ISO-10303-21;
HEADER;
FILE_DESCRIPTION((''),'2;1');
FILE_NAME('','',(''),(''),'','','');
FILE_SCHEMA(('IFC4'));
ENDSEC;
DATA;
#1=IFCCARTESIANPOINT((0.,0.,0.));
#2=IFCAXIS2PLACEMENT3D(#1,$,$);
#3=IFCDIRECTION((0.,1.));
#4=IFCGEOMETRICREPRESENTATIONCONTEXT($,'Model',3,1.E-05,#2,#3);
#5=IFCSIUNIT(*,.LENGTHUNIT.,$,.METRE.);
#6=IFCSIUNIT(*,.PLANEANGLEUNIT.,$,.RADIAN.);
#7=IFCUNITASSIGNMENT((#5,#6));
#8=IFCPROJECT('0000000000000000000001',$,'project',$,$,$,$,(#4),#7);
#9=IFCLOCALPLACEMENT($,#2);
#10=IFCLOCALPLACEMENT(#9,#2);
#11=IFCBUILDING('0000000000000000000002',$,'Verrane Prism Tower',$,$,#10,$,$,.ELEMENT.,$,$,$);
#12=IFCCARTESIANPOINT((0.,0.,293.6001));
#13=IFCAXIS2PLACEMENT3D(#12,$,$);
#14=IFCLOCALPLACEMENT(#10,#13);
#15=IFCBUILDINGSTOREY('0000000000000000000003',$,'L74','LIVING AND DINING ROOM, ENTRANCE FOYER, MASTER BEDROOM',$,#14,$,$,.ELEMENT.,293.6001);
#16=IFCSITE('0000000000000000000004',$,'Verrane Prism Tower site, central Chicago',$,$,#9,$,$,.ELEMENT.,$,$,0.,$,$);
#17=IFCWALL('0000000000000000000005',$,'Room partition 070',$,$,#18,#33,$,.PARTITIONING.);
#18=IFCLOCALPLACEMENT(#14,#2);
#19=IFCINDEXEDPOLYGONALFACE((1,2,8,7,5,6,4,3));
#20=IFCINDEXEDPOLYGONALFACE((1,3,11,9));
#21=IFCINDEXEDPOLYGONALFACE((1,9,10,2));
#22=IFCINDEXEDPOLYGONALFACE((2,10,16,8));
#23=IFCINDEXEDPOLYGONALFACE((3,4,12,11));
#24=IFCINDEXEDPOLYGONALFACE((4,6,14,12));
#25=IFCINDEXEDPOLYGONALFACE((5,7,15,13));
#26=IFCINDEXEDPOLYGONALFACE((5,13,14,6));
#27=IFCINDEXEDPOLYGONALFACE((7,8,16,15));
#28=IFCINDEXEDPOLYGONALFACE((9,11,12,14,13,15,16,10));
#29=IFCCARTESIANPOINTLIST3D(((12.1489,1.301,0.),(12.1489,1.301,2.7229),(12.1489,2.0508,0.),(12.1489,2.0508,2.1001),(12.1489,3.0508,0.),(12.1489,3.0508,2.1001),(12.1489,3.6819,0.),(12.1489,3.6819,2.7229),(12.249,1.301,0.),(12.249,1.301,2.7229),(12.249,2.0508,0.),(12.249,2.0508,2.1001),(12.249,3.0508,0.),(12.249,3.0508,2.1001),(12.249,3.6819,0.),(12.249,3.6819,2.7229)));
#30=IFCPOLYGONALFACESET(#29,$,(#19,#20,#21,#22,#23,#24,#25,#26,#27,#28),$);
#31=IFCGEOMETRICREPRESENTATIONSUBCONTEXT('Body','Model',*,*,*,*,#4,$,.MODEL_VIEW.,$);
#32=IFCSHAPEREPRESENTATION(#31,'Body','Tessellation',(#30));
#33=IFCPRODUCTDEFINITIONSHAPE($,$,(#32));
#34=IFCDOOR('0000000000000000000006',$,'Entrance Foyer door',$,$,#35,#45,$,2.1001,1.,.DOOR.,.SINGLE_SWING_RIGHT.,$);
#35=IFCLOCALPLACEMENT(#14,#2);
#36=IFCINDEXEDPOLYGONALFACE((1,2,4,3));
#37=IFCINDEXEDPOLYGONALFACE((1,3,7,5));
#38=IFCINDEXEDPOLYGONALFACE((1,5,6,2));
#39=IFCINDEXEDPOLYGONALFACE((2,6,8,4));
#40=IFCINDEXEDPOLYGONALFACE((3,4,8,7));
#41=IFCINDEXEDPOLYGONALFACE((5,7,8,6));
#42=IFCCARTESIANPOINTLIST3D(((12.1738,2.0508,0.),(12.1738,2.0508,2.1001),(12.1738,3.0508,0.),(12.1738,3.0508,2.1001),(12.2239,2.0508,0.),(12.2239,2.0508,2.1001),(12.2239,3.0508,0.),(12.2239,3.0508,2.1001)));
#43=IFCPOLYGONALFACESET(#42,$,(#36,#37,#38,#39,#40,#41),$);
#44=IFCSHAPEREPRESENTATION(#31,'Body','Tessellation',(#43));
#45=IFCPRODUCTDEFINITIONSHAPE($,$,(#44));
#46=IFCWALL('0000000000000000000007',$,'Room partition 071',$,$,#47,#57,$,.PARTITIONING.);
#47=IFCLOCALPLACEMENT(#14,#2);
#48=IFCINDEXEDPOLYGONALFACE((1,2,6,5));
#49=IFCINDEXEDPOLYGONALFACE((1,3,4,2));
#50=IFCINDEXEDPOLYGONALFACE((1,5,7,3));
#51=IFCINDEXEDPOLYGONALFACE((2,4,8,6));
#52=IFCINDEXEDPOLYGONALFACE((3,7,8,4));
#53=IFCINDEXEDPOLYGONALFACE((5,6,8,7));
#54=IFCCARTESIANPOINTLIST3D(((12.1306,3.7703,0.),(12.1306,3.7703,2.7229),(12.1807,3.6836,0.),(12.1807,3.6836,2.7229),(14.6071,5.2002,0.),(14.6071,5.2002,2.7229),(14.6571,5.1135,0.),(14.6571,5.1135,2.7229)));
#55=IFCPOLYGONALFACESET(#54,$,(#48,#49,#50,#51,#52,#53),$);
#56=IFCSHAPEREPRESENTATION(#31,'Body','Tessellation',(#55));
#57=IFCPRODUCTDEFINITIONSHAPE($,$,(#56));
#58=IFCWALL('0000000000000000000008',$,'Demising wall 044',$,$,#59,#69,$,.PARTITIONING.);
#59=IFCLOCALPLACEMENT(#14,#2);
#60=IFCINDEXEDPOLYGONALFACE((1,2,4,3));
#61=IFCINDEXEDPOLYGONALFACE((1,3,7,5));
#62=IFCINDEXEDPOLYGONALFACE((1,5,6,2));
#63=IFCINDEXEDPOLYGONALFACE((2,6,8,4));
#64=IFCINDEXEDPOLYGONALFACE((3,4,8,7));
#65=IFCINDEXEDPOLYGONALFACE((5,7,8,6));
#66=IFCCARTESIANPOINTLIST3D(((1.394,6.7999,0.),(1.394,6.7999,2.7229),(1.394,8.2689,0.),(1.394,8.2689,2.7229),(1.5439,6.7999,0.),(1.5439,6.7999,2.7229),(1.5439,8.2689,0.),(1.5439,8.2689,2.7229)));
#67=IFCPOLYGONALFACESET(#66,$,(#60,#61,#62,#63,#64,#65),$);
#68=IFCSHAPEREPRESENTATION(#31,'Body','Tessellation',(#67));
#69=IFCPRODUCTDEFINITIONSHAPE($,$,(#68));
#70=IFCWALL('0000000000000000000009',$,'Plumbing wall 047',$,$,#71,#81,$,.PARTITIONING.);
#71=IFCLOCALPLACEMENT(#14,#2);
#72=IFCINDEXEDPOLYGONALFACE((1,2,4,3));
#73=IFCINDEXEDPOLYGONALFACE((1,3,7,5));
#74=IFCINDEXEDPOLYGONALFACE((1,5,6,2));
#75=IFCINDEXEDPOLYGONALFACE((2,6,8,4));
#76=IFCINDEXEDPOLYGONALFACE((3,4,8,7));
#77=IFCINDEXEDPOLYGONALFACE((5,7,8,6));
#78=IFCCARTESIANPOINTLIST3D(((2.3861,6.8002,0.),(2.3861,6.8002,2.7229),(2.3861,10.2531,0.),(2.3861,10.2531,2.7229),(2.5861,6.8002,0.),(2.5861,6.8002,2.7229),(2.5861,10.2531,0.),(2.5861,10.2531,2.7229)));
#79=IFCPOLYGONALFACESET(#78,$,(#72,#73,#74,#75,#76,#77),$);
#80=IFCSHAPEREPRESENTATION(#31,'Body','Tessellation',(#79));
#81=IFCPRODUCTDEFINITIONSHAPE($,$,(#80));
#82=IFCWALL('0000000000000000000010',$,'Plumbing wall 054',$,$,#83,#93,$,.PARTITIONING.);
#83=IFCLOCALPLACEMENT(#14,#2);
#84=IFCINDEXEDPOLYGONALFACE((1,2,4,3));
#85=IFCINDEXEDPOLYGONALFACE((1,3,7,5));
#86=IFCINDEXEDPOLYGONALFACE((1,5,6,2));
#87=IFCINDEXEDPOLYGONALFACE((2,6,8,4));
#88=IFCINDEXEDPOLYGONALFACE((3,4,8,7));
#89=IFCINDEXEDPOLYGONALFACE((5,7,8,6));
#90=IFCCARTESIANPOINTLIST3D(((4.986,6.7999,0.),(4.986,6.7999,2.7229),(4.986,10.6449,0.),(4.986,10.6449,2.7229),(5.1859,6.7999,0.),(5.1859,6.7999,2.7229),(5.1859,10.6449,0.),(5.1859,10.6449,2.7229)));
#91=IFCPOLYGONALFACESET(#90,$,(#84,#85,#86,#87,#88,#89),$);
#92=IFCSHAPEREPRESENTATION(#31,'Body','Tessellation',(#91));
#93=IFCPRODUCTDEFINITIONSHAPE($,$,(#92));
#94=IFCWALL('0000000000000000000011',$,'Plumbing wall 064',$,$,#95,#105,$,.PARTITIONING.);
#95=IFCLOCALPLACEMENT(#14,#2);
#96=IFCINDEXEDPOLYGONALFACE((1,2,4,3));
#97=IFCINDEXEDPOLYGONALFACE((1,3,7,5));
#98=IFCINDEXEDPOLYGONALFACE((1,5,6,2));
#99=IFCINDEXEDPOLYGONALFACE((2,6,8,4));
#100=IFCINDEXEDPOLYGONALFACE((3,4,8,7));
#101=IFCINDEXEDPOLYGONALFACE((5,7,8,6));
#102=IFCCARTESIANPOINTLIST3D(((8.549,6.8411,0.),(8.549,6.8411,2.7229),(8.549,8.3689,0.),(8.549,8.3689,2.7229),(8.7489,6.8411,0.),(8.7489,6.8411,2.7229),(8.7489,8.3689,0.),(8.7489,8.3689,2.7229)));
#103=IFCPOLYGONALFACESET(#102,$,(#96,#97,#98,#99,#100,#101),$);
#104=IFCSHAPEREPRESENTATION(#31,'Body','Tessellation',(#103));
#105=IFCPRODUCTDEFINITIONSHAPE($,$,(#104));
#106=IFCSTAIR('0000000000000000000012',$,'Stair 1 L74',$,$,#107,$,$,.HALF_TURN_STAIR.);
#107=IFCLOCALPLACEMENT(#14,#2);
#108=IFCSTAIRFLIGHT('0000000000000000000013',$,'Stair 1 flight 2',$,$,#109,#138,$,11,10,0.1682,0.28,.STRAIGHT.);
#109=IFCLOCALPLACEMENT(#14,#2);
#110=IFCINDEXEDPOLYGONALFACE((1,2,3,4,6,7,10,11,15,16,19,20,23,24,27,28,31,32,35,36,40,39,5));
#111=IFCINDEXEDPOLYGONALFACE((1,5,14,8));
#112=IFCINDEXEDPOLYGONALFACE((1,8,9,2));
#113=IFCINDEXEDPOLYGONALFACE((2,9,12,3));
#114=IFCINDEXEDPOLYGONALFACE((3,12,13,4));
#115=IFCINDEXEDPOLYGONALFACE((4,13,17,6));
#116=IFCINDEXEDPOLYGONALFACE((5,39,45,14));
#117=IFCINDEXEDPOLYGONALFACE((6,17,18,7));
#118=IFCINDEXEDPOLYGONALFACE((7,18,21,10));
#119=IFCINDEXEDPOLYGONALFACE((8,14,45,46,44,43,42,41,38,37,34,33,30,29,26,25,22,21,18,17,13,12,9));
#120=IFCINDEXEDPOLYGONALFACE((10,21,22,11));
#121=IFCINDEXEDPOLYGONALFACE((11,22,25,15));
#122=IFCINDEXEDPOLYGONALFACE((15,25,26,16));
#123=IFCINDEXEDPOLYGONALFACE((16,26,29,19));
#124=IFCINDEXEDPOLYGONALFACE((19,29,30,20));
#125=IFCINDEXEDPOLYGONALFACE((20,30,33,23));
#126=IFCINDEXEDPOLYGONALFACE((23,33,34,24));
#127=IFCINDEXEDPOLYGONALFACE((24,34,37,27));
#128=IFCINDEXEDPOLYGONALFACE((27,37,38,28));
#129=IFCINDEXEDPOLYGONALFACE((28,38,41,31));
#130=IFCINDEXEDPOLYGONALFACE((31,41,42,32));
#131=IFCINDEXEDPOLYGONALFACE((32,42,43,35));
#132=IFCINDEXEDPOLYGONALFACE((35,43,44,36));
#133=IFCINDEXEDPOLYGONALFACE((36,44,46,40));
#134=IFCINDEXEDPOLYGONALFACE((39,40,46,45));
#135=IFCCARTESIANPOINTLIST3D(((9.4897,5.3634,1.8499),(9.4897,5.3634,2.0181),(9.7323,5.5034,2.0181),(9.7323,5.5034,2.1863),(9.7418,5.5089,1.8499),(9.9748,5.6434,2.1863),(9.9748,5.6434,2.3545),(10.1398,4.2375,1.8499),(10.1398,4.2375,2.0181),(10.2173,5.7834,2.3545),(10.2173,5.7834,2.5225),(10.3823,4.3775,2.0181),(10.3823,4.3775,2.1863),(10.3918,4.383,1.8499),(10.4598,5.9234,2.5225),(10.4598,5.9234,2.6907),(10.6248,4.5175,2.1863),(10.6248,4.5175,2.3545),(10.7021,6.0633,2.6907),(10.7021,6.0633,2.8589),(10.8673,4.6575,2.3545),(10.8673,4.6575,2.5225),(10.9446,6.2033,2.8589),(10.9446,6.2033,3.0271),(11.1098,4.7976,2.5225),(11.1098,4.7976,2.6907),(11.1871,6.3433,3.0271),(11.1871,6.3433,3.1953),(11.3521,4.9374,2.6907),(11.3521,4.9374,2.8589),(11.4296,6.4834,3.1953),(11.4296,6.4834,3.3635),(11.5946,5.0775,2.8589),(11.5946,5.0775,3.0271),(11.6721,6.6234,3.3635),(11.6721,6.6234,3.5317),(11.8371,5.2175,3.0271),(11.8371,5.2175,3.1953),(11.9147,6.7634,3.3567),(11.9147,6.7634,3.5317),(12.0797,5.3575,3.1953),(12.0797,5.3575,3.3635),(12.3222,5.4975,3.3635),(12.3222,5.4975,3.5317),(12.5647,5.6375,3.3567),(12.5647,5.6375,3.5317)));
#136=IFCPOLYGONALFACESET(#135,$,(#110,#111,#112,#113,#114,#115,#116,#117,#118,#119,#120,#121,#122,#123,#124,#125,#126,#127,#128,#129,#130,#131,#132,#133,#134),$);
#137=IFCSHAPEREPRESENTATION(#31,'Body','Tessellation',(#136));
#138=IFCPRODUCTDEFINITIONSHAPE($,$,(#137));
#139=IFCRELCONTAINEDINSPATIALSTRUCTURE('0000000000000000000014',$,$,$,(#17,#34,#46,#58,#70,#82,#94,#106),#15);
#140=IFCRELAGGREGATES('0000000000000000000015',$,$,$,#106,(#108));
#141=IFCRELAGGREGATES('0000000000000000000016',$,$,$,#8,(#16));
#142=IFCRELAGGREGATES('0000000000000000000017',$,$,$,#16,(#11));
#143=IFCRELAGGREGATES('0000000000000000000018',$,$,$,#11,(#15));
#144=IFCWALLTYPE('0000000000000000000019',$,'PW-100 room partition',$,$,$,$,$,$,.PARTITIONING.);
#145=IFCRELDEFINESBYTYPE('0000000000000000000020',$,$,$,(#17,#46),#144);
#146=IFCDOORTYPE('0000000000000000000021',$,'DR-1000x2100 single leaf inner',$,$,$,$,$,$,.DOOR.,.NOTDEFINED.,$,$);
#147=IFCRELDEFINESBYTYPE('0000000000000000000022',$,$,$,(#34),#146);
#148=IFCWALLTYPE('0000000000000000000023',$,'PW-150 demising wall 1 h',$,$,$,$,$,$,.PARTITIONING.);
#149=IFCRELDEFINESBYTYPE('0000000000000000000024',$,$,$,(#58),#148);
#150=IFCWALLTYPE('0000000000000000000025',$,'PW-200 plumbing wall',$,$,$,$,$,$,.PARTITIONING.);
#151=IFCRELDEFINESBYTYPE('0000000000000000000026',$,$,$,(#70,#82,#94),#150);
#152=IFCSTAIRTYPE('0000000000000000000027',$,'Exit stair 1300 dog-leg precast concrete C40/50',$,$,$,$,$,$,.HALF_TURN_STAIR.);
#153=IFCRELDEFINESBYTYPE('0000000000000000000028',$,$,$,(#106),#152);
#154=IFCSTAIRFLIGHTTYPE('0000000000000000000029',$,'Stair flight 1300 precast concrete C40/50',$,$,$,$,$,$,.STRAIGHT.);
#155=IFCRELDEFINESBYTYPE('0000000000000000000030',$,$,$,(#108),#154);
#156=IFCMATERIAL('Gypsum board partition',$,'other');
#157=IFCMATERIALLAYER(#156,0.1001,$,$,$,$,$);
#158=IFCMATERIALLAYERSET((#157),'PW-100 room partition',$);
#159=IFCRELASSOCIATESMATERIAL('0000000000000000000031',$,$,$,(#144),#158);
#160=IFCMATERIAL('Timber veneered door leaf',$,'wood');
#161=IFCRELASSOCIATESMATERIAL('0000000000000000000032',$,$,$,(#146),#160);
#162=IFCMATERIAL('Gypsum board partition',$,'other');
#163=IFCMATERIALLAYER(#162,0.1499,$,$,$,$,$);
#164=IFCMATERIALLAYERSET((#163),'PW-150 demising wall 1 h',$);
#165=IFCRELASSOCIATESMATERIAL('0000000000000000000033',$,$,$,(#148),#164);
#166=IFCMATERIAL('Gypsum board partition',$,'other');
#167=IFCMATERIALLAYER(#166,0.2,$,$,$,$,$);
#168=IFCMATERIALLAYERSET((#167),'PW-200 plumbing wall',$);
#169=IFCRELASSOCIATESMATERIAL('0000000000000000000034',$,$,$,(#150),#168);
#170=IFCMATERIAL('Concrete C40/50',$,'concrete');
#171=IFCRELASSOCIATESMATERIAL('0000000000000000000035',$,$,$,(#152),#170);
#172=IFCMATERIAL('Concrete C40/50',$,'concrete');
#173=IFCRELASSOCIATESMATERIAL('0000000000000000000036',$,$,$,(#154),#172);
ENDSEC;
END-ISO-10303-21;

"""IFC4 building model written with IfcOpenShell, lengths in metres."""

from ifc_helpers import new_model, si_unit, direction, frame, frame_2d, origin, place, context, subcontext, project, spatial, polyline, rectangle, outline, extrude, material, layer, layer_set, type_object, element, fill, aggregate, save


model = new_model("IFC4")

# Units and contexts
model_context = context("Model", 3, precision=1e-05, world=origin(), true_north=direction((0.0, 1.0)))
body_context = subcontext(model_context, "Body", "Model", "MODEL_VIEW")
ifc_project = project(units=[si_unit("LENGTHUNIT", "METRE"), si_unit("PLANEANGLEUNIT", "RADIAN")], contexts=[model_context])

# Site, building, storey
site_placement = place(None, origin())
site = spatial("IfcSite", under=ifc_project, at=site_placement, Name="Verrane Prism Tower site, central Chicago", CompositionType="ELEMENT", RefElevation=0.0)
building_placement = place(site_placement, origin())
building = spatial("IfcBuilding", under=site, at=building_placement, Name="Verrane Prism Tower", CompositionType="ELEMENT")
storey_placement = place(building_placement, frame((0.0, 0.0, 293.6001)))
storey = spatial("IfcBuildingStorey", under=building, at=storey_placement, Name="L74", Description="LIVING AND DINING ROOM, ENTRANCE FOYER, MASTER BEDROOM", CompositionType="ELEMENT", Elevation=293.6001)

# Shared definitions
ifc_material_1 = material(Name="Gypsum board partition", Category="other")
ifc_layer_1 = layer(ifc_material_1, 0.1001)
ifc_layer_set_1 = layer_set([ifc_layer_1], Name="PW-100 room partition")
wall_type_1 = type_object("IfcWallType", Name="PW-100 room partition", PredefinedType="PARTITIONING", material=ifc_layer_set_1)

# Wall, opening, door
wall_1_placement = place(storey_placement, frame((12.199, 3.6819, 0.0), z_axis=(0.0, 0.0, 1.0), x_axis=(0.0, -1.0, 0.0)))
wall_1 = element("IfcWall", 1, at=wall_1_placement, inside=storey, type_object=wall_type_1, Name="Room partition 070", PredefinedType="PARTITIONING", context=body_context, shape_type="SweptSolid", body=[
    extrude(rectangle(XDim=2.3809, YDim=0.1001, at=frame_2d((1.1904, 0.0))), origin(), (0.0, 0.0, 1.0), 2.7229),
])
opening_1_placement = place(wall_1_placement, frame((0.6311, 0.0, 0.0)))
opening_1 = element("IfcOpeningElement", 2, at=opening_1_placement, cuts=wall_1, PredefinedType="OPENING", context=body_context, shape_type="SweptSolid", body=[
    extrude(rectangle(XDim=1.0, YDim=2.1001, at=frame_2d((0.5, 1.05))), frame((0.0, 0.0601, 0.0), z_axis=(0.0, -1.0, 0.0), x_axis=(1.0, 0.0, 0.0)), (0.0, 0.0, 1.0), 0.1201),
])
ifc_material_2 = material(Name="Timber veneered door leaf", Category="wood")
door_type_1 = type_object("IfcDoorType", Name="DR-1000x2100 single leaf inner", OperationType="NOTDEFINED", PredefinedType="DOOR", material=ifc_material_2)
door_1_placement = place(opening_1_placement, origin())
door_1 = element("IfcDoor", 3, at=door_1_placement, inside=storey, type_object=door_type_1, Name="Entrance Foyer door", OperationType="SINGLE_SWING_RIGHT", OverallHeight=2.1001, OverallWidth=1.0, PredefinedType="DOOR", context=body_context, shape_type="SweptSolid", body=[
    extrude(rectangle(XDim=1.0, YDim=2.1001, at=frame_2d((0.5, 1.05))), frame((0.0, 0.0249, 0.0), z_axis=(0.0, -1.0, 0.0), x_axis=(1.0, 0.0, 0.0)), (0.0, 0.0, 1.0), 0.05),
])
fill(opening_1, door_1)

# Walls
wall_2_placement = place(storey_placement, frame((12.1558, 3.7271, 0.0), z_axis=(0.0, 0.0, 1.0), x_axis=(0.866012, 0.500023, 0.0)))
element("IfcWall", 4, at=wall_2_placement, inside=storey, type_object=wall_type_1, Name="Room partition 071", PredefinedType="PARTITIONING", context=body_context, shape_type="SweptSolid", body=[
    extrude(rectangle(XDim=2.8596, YDim=0.1001, at=frame_2d((1.4297, 0.0))), origin(), (0.0, 0.0, 1.0), 2.7229),
])
ifc_material_3 = material(Name="Gypsum board partition", Category="other")
ifc_layer_2 = layer(ifc_material_3, 0.1499)
ifc_layer_set_2 = layer_set([ifc_layer_2], Name="PW-150 demising wall 1 h")
wall_type_2 = type_object("IfcWallType", Name="PW-150 demising wall 1 h", PredefinedType="PARTITIONING", material=ifc_layer_set_2)
wall_3_placement = place(storey_placement, frame((1.469, 6.8, 0.0), z_axis=(0.0, 0.0, 1.0), x_axis=(0.0, 1.0, 0.0)))
element("IfcWall", 5, at=wall_3_placement, inside=storey, type_object=wall_type_2, Name="Demising wall 044", PredefinedType="PARTITIONING", context=body_context, shape_type="SweptSolid", body=[
    extrude(rectangle(XDim=1.469, YDim=0.1499, at=frame_2d((0.7344, 0.0))), origin(), (0.0, 0.0, 1.0), 2.7229),
])
ifc_material_4 = material(Name="Gypsum board partition", Category="other")
ifc_layer_3 = layer(ifc_material_4, 0.2)
ifc_layer_set_3 = layer_set([ifc_layer_3], Name="PW-200 plumbing wall")
wall_type_3 = type_object("IfcWallType", Name="PW-200 plumbing wall", PredefinedType="PARTITIONING", material=ifc_layer_set_3)
wall_4_placement = place(storey_placement, frame((2.4861, 6.8, 0.0), z_axis=(0.0, 0.0, 1.0), x_axis=(0.0, 1.0, 0.0)))
element("IfcWall", 6, at=wall_4_placement, inside=storey, type_object=wall_type_3, Name="Plumbing wall 047", PredefinedType="PARTITIONING", context=body_context, shape_type="SweptSolid", body=[
    extrude(rectangle(XDim=3.4529, YDim=0.2, at=frame_2d((1.7266, 0.0))), origin(), (0.0, 0.0, 1.0), 2.7229),
])
wall_5_placement = place(storey_placement, frame((5.0859, 6.8, 0.0), z_axis=(0.0, 0.0, 1.0), x_axis=(0.0, 1.0, 0.0)))
element("IfcWall", 7, at=wall_5_placement, inside=storey, type_object=wall_type_3, Name="Plumbing wall 054", PredefinedType="PARTITIONING", context=body_context, shape_type="SweptSolid", body=[
    extrude(rectangle(XDim=3.845, YDim=0.2, at=frame_2d((1.9224, 0.0))), origin(), (0.0, 0.0, 1.0), 2.7229),
])
wall_6_placement = place(storey_placement, frame((8.6489, 6.8411, 0.0), z_axis=(0.0, 0.0, 1.0), x_axis=(0.0, 1.0, 0.0)))
element("IfcWall", 8, at=wall_6_placement, inside=storey, type_object=wall_type_3, Name="Plumbing wall 064", PredefinedType="PARTITIONING", context=body_context, shape_type="SweptSolid", body=[
    extrude(rectangle(XDim=1.5278, YDim=0.2, at=frame_2d((0.7639, 0.0))), origin(), (0.0, 0.0, 1.0), 2.7229),
])

# Stair, stair flight
ifc_material_5 = material(Name="Concrete C40/50", Category="concrete")
stair_type = type_object("IfcStairType", Name="Exit stair 1300 dog-leg precast concrete C40/50", PredefinedType="HALF_TURN_STAIR", material=ifc_material_5)
stair_placement = place(storey_placement, origin())
stair = element("IfcStair", 9, at=stair_placement, inside=storey, type_object=stair_type, Name="Stair 1 L74", PredefinedType="HALF_TURN_STAIR")
ifc_material_6 = material(Name="Concrete C40/50", Category="concrete")
stair_flight_type = type_object("IfcStairFlightType", Name="Stair flight 1300 precast concrete C40/50", PredefinedType="STRAIGHT", material=ifc_material_6)
stair_flight_placement = place(storey_placement, frame((9.8147, 4.8005, 1.8499), z_axis=(0.0, 0.0, 1.0), x_axis=(0.866025, 0.5, 0.0)))
stair_flight = element("IfcStairFlight", 10, at=stair_flight_placement, type_object=stair_flight_type, Name="Stair 1 flight 2", NumberOfRisers=11, NumberOfTreads=10, PredefinedType="STRAIGHT", RiserHeight=0.1682, TreadLength=0.28, context=body_context, shape_type="SweptSolid", body=[
    extrude(outline(polyline([(0.0, 0.0), (0.0, 0.1682), (0.28, 0.1682), (0.28, 0.3364), (0.5601, 0.3364), (0.5601, 0.5046), (0.8401, 0.5046), (0.8401, 0.6726), (1.1201, 0.6726), (1.1201, 0.8408), (1.3999, 0.8408), (1.3999, 1.009), (1.6799, 1.009), (1.6799, 1.1772), (1.96, 1.1772), (1.96, 1.3455), (2.24, 1.3455), (2.24, 1.5137), (2.52, 1.5137), (2.52, 1.6819), (2.8, 1.6819), (2.8, 1.8501), (2.8, 1.5068), (0.291, 0.0), (0.0, 0.0)])), frame((0.0, 0.6499, 0.0), z_axis=(0.0, -1.0, 0.0), x_axis=(1.0, 0.0, 0.0)), (0.0, 0.0, 1.0), 1.3),
])
aggregate(stair, [stair_flight])

save(model, "model.ifc")
